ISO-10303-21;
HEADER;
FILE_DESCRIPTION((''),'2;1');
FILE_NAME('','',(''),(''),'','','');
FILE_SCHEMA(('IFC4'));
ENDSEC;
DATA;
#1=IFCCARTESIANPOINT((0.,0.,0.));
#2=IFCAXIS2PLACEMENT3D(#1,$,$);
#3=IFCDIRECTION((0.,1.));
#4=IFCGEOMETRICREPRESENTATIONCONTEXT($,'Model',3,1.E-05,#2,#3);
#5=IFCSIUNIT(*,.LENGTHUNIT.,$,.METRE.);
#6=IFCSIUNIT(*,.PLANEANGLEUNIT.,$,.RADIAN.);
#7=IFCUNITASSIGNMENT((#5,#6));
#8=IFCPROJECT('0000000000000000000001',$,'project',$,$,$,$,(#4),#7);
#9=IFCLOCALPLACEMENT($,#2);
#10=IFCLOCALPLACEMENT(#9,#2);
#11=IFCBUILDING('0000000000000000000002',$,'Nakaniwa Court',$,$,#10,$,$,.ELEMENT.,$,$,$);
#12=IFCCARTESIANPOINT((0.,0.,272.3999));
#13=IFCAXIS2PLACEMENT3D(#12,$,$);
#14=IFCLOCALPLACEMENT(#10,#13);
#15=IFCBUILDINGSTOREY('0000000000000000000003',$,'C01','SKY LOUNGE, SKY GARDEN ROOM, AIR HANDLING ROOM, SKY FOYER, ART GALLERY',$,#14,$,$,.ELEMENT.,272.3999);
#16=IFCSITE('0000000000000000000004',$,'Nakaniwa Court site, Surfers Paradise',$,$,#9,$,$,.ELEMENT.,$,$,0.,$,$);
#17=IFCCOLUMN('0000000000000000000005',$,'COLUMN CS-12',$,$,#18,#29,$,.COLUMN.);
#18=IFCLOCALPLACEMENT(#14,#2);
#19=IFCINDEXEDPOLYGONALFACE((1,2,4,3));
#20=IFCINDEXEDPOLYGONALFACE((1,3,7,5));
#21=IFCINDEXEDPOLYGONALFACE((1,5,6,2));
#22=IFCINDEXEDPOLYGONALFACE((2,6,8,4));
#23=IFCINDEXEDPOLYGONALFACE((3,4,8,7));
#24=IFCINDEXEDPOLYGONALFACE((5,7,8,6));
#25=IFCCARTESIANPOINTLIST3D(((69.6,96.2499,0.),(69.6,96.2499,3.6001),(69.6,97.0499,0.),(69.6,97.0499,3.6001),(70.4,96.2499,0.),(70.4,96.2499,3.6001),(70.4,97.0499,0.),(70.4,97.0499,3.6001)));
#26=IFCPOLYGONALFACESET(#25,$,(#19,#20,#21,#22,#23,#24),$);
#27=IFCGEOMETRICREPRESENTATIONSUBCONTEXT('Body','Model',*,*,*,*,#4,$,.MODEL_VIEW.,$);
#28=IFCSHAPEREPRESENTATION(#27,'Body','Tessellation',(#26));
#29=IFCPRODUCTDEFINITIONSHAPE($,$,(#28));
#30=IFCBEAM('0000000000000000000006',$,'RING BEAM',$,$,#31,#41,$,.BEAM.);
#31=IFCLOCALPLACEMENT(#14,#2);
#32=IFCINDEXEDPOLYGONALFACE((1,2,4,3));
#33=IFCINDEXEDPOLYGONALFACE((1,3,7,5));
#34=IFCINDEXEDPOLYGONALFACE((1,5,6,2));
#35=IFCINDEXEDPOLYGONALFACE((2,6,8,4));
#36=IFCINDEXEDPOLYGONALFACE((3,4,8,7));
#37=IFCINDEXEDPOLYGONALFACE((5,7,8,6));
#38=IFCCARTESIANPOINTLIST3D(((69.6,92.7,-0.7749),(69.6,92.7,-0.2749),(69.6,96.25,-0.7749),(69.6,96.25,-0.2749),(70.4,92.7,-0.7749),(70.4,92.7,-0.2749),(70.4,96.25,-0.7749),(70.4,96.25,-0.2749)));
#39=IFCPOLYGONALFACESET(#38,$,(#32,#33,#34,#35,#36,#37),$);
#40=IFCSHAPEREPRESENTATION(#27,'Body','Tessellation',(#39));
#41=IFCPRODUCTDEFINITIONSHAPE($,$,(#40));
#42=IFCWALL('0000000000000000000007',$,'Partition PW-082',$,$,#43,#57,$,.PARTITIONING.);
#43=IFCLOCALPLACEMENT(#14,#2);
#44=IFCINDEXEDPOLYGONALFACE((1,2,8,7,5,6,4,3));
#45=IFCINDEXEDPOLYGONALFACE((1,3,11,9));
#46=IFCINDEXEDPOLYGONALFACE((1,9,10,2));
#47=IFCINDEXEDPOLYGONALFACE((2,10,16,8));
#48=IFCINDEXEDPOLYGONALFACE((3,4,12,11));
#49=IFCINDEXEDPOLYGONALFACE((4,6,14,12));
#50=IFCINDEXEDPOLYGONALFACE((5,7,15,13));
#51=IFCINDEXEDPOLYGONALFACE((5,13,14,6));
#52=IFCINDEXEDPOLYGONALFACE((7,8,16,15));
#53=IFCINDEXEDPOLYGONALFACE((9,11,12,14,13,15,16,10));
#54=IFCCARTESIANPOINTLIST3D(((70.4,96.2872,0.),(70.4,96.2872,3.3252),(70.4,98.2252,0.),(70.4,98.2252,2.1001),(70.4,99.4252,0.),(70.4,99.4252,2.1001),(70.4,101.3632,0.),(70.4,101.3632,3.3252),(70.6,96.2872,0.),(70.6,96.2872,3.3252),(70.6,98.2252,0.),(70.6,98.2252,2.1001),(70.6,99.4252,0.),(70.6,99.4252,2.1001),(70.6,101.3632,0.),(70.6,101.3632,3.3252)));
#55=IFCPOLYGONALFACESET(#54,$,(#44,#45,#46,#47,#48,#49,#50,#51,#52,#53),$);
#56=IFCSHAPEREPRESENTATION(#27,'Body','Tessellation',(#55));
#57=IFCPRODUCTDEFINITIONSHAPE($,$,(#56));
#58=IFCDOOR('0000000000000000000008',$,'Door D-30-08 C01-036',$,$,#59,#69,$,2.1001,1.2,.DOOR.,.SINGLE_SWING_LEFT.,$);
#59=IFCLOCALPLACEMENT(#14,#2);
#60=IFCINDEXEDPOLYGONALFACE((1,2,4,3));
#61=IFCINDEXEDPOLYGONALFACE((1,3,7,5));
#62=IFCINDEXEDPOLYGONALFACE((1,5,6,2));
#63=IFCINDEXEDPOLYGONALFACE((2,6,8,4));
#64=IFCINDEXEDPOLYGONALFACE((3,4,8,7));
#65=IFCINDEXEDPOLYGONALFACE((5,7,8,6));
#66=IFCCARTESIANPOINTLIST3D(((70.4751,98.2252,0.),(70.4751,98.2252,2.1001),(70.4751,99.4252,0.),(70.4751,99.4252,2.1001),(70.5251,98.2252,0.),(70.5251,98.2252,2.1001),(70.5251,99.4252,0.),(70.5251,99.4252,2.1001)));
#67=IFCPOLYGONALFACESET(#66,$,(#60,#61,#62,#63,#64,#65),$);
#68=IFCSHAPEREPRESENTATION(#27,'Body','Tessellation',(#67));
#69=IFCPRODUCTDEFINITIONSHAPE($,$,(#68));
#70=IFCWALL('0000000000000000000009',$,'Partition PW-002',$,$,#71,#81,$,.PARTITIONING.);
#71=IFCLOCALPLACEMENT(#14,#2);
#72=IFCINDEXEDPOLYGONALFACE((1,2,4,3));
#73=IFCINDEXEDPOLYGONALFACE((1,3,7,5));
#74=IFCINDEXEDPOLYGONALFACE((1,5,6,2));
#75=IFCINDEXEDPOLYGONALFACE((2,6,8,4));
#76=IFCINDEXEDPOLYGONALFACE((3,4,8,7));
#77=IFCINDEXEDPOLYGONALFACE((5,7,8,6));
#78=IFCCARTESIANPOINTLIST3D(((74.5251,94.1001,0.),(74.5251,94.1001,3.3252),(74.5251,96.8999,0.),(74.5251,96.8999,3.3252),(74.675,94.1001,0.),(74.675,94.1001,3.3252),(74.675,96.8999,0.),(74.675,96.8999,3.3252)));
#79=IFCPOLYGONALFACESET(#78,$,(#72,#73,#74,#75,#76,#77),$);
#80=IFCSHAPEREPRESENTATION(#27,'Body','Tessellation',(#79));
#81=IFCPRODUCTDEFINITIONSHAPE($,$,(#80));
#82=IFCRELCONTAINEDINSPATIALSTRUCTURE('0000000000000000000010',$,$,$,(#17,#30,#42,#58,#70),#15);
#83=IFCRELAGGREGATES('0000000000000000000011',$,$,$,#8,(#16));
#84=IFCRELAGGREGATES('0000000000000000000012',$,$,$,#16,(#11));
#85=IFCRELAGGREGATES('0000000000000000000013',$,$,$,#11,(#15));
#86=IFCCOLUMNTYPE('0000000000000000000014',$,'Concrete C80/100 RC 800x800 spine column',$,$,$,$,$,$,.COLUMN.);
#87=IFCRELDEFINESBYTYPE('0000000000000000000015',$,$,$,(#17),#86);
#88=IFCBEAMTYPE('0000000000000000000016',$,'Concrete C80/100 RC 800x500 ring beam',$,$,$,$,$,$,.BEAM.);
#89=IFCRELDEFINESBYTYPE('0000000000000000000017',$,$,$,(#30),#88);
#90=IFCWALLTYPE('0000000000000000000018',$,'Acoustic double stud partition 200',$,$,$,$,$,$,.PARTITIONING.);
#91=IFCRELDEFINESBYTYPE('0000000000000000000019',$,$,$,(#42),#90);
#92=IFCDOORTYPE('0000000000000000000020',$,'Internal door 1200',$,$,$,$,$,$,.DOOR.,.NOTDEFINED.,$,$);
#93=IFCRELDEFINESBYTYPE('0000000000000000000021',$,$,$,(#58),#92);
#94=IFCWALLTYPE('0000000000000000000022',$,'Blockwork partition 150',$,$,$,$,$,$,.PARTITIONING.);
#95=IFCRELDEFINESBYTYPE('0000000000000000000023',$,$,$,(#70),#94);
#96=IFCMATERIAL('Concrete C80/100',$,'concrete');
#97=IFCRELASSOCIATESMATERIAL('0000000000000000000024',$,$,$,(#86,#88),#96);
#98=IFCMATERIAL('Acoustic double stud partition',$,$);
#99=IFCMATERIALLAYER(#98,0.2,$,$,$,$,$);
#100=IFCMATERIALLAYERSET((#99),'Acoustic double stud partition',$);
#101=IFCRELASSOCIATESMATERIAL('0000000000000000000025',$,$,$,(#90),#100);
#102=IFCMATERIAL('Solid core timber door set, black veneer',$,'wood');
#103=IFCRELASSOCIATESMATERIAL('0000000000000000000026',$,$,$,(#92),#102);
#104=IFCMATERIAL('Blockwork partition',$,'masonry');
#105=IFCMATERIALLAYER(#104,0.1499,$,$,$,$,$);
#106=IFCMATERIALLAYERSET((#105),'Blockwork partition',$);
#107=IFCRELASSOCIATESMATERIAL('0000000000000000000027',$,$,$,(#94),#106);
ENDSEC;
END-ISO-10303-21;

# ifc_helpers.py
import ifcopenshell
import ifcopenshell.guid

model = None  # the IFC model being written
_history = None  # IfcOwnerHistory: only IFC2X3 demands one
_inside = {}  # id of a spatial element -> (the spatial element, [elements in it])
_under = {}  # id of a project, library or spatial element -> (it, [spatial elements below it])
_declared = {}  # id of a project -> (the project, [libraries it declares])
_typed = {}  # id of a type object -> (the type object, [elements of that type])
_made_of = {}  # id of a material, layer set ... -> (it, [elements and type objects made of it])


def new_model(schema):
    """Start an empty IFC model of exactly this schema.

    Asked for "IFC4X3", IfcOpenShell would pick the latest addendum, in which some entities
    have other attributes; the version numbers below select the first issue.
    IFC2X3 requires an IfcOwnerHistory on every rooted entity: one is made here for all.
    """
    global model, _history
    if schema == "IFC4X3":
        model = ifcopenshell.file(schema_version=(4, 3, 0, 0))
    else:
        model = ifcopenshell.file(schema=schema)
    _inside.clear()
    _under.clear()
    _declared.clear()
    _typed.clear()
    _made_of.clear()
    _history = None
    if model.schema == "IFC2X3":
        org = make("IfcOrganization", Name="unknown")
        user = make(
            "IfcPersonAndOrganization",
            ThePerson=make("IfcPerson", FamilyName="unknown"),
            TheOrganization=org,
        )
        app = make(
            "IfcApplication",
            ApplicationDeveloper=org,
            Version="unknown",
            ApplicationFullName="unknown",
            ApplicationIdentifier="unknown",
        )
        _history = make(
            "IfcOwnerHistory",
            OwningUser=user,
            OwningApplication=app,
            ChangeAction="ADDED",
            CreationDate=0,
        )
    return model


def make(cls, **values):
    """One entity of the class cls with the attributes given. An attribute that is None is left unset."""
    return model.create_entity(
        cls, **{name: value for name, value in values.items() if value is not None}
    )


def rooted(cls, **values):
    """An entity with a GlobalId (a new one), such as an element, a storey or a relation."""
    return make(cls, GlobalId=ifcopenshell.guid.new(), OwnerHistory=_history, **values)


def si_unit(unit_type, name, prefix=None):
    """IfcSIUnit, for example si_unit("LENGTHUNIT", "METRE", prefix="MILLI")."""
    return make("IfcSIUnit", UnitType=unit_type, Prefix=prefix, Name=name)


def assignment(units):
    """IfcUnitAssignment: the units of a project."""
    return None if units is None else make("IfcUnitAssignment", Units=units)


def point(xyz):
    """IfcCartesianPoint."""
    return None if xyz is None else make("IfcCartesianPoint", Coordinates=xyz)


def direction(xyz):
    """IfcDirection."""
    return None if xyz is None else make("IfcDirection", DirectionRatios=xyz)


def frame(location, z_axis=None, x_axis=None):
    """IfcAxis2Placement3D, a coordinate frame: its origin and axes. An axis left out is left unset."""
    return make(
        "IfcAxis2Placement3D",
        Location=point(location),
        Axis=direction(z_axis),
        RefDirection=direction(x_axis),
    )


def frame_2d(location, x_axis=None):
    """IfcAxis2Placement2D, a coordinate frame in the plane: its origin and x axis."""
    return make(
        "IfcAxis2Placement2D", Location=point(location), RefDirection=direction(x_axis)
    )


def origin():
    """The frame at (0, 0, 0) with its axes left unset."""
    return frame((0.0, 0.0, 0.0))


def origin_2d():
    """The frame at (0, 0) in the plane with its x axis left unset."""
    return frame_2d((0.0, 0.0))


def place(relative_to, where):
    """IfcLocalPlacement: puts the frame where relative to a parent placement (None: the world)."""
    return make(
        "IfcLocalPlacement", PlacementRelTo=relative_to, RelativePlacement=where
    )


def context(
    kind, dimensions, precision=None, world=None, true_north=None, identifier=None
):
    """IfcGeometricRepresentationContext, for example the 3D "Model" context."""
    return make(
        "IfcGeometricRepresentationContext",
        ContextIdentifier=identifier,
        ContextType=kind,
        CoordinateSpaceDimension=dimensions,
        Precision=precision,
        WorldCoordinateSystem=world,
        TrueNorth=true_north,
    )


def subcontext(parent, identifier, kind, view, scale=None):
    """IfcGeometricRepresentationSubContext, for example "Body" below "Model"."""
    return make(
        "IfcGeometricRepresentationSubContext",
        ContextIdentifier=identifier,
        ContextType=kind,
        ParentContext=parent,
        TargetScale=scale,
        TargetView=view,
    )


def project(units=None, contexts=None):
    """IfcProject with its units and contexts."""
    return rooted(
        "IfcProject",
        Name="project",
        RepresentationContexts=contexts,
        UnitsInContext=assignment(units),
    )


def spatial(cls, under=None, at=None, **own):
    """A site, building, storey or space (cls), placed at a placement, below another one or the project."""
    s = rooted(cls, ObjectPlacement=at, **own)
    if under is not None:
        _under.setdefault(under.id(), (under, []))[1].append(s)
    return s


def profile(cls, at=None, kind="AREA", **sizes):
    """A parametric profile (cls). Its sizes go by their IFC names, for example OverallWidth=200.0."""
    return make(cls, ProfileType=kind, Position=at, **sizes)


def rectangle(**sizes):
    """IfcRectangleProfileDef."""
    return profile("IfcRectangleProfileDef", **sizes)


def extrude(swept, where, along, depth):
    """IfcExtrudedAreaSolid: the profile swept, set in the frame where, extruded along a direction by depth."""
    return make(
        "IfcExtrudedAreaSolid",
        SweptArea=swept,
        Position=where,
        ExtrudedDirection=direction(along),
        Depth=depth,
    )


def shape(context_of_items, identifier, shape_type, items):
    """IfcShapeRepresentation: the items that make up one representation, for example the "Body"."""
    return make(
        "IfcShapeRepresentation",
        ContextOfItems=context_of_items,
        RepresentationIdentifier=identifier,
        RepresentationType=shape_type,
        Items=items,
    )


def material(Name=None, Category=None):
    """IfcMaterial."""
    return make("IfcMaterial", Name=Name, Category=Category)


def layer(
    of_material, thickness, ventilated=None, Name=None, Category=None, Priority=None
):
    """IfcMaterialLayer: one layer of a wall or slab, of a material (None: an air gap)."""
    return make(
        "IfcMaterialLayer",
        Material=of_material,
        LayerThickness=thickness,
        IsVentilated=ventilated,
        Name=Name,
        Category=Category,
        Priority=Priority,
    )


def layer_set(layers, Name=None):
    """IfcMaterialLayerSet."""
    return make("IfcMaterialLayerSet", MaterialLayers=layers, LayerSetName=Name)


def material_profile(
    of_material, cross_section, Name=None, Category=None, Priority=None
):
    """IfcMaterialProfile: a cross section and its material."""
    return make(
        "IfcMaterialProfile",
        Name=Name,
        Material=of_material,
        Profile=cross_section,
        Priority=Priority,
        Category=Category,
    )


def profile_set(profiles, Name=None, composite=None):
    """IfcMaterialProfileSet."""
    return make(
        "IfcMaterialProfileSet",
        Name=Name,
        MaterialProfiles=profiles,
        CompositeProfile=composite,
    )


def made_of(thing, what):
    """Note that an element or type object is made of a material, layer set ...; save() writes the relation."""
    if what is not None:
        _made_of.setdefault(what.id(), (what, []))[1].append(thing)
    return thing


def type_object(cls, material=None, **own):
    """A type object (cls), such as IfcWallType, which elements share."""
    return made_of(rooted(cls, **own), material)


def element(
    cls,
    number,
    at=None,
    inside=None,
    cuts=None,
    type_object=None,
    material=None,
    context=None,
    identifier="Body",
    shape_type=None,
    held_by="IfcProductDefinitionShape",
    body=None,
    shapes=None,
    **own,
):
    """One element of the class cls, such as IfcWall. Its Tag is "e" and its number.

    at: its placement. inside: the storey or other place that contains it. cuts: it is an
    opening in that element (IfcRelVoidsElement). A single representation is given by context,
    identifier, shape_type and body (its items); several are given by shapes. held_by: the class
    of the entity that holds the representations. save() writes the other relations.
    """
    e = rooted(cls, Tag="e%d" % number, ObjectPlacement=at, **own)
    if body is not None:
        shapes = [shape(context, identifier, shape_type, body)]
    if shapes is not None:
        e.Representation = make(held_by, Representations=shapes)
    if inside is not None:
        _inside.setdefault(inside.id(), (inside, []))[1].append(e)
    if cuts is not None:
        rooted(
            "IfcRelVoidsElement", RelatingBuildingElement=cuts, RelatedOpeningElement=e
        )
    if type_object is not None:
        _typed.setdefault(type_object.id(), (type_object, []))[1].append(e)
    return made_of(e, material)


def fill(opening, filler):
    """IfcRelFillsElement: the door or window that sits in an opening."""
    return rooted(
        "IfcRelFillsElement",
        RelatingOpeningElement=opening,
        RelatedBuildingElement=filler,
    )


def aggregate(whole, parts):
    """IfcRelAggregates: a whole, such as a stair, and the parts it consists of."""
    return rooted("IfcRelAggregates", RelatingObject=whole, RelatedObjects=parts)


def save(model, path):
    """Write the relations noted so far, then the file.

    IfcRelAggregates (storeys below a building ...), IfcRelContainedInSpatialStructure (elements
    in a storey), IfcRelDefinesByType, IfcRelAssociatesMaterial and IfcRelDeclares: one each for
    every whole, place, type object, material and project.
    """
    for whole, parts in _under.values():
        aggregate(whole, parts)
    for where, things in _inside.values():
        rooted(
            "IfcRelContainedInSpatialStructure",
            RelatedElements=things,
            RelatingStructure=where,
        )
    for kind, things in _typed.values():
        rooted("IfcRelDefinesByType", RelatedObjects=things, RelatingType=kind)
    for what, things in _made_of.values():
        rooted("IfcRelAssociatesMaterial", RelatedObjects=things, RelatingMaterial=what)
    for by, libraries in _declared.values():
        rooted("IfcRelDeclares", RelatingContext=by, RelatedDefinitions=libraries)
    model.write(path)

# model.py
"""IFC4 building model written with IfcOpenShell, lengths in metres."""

from ifc_helpers import new_model, si_unit, direction, frame, frame_2d, origin, origin_2d, place, context, subcontext, project, spatial, rectangle, extrude, material, layer, layer_set, material_profile, profile_set, type_object, element, fill, save


model = new_model("IFC4")

# Units and contexts
model_context = context("Model", 3, precision=1e-05, world=origin(), true_north=direction((0.0, 1.0)))
body_context = subcontext(model_context, "Body", "Model", "MODEL_VIEW")
ifc_project = project(units=[si_unit("LENGTHUNIT", "METRE"), si_unit("PLANEANGLEUNIT", "RADIAN")], contexts=[model_context])

# Site, building, storey
site_placement = place(None, origin())
site = spatial("IfcSite", under=ifc_project, at=site_placement, Name="Nakaniwa Court site, Surfers Paradise", CompositionType="ELEMENT", RefElevation=0.0)
building_placement = place(site_placement, origin())
building = spatial("IfcBuilding", under=site, at=building_placement, Name="Nakaniwa Court", CompositionType="ELEMENT")
storey_placement = place(building_placement, frame((0.0, 0.0, 272.3999)))
storey = spatial("IfcBuildingStorey", under=building, at=storey_placement, Name="C01", Description="SKY LOUNGE, SKY GARDEN ROOM, AIR HANDLING ROOM, SKY FOYER, ART GALLERY", CompositionType="ELEMENT", Elevation=272.3999)

# Column
ifc_material_1 = material(Name="Concrete C80/100", Category="concrete")
ifc_material_profile_1 = material_profile(ifc_material_1, rectangle(XDim=0.8, YDim=0.8, at=origin_2d()), Name="Concrete C80/100 RC 800x800 spine column")
ifc_profile_set_1 = profile_set([ifc_material_profile_1], Name="Concrete C80/100")
column_type = type_object("IfcColumnType", Name="Concrete C80/100 RC 800x800 spine column", PredefinedType="COLUMN", material=ifc_profile_set_1)
column_placement = place(storey_placement, frame((70.0, 96.6499, 0.0), z_axis=(0.0, 0.0, 1.0), x_axis=(0.0, -1.0, 0.0)))
element("IfcColumn", 1, at=column_placement, inside=storey, type_object=column_type, Name="COLUMN CS-12", PredefinedType="COLUMN", context=body_context, shape_type="SweptSolid", body=[
    extrude(rectangle(XDim=0.8, YDim=0.8, at=origin_2d()), origin(), (0.0, 0.0, 1.0), 3.6001),
])

# Beam
ifc_material_profile_2 = material_profile(ifc_material_1, rectangle(XDim=0.8, YDim=0.5, at=origin_2d()), Name="Concrete C80/100 RC 800x500 ring beam")
ifc_profile_set_2 = profile_set([ifc_material_profile_2], Name="Concrete C80/100")
beam_type = type_object("IfcBeamType", Name="Concrete C80/100 RC 800x500 ring beam", PredefinedType="BEAM", material=ifc_profile_set_2)
beam_placement = place(storey_placement, frame((70.0, 96.25, -0.5249), z_axis=(0.0, -1.0, 0.0), x_axis=(1.0, 0.0, 0.0)))
element("IfcBeam", 2, at=beam_placement, inside=storey, type_object=beam_type, Name="RING BEAM", PredefinedType="BEAM", context=body_context, shape_type="SweptSolid", body=[
    extrude(rectangle(XDim=0.8, YDim=0.5, at=origin_2d()), origin(), (0.0, 0.0, 1.0), 3.55),
])

# Wall, opening, door
ifc_material_2 = material(Name="Acoustic double stud partition")
ifc_layer_1 = layer(ifc_material_2, 0.2)
ifc_layer_set_1 = layer_set([ifc_layer_1], Name="Acoustic double stud partition")
wall_type_1 = type_object("IfcWallType", Name="Acoustic double stud partition 200", PredefinedType="PARTITIONING", material=ifc_layer_set_1)
wall_1_placement = place(storey_placement, frame((70.5, 96.2871, 0.0), z_axis=(0.0, 0.0, 1.0), x_axis=(0.0, 1.0, 0.0)))
wall_1 = element("IfcWall", 3, at=wall_1_placement, inside=storey, type_object=wall_type_1, Name="Partition PW-082", PredefinedType="PARTITIONING", context=body_context, shape_type="SweptSolid", body=[
    extrude(rectangle(XDim=5.0759, YDim=0.2, at=frame_2d((2.5381, 0.0))), origin(), (0.0, 0.0, 1.0), 3.3252),
])
opening_1_placement = place(wall_1_placement, frame((1.938, 0.0, 0.0)))
opening_1 = element("IfcOpeningElement", 4, at=opening_1_placement, cuts=wall_1, PredefinedType="OPENING", context=body_context, shape_type="SweptSolid", body=[
    extrude(rectangle(XDim=1.2, YDim=2.1001, at=frame_2d((0.6001, 1.05))), frame((0.0, 0.1099, 0.0), z_axis=(0.0, -1.0, 0.0), x_axis=(1.0, 0.0, 0.0)), (0.0, 0.0, 1.0), 0.22),
])
ifc_material_3 = material(Name="Solid core timber door set, black veneer", Category="wood")
door_type_1 = type_object("IfcDoorType", Name="Internal door 1200", OperationType="NOTDEFINED", PredefinedType="DOOR", material=ifc_material_3)
door_1_placement = place(opening_1_placement, origin())
door_1 = element("IfcDoor", 5, at=door_1_placement, inside=storey, type_object=door_type_1, Name="Door D-30-08 C01-036", OperationType="SINGLE_SWING_LEFT", OverallHeight=2.1001, OverallWidth=1.2, PredefinedType="DOOR", context=body_context, shape_type="SweptSolid", body=[
    extrude(rectangle(XDim=1.2, YDim=2.1001, at=frame_2d((0.6001, 1.05))), frame((0.0, 0.0249, 0.0), z_axis=(0.0, -1.0, 0.0), x_axis=(1.0, 0.0, 0.0)), (0.0, 0.0, 1.0), 0.05),
])
fill(opening_1, door_1)

# Wall
ifc_material_4 = material(Name="Blockwork partition", Category="masonry")
ifc_layer_2 = layer(ifc_material_4, 0.1499)
ifc_layer_set_2 = layer_set([ifc_layer_2], Name="Blockwork partition")
wall_type_2 = type_object("IfcWallType", Name="Blockwork partition 150", PredefinedType="PARTITIONING", material=ifc_layer_set_2)
wall_2_placement = place(storey_placement, frame((74.6001, 94.1001, 0.0), z_axis=(0.0, 0.0, 1.0), x_axis=(0.0, 1.0, 0.0)))
element("IfcWall", 6, at=wall_2_placement, inside=storey, type_object=wall_type_2, Name="Partition PW-002", PredefinedType="PARTITIONING", context=body_context, shape_type="SweptSolid", body=[
    extrude(rectangle(XDim=2.7998, YDim=0.1499, at=frame_2d((1.3999, 0.0))), origin(), (0.0, 0.0, 1.0), 3.3252),
])

save(model, "model.ifc")
